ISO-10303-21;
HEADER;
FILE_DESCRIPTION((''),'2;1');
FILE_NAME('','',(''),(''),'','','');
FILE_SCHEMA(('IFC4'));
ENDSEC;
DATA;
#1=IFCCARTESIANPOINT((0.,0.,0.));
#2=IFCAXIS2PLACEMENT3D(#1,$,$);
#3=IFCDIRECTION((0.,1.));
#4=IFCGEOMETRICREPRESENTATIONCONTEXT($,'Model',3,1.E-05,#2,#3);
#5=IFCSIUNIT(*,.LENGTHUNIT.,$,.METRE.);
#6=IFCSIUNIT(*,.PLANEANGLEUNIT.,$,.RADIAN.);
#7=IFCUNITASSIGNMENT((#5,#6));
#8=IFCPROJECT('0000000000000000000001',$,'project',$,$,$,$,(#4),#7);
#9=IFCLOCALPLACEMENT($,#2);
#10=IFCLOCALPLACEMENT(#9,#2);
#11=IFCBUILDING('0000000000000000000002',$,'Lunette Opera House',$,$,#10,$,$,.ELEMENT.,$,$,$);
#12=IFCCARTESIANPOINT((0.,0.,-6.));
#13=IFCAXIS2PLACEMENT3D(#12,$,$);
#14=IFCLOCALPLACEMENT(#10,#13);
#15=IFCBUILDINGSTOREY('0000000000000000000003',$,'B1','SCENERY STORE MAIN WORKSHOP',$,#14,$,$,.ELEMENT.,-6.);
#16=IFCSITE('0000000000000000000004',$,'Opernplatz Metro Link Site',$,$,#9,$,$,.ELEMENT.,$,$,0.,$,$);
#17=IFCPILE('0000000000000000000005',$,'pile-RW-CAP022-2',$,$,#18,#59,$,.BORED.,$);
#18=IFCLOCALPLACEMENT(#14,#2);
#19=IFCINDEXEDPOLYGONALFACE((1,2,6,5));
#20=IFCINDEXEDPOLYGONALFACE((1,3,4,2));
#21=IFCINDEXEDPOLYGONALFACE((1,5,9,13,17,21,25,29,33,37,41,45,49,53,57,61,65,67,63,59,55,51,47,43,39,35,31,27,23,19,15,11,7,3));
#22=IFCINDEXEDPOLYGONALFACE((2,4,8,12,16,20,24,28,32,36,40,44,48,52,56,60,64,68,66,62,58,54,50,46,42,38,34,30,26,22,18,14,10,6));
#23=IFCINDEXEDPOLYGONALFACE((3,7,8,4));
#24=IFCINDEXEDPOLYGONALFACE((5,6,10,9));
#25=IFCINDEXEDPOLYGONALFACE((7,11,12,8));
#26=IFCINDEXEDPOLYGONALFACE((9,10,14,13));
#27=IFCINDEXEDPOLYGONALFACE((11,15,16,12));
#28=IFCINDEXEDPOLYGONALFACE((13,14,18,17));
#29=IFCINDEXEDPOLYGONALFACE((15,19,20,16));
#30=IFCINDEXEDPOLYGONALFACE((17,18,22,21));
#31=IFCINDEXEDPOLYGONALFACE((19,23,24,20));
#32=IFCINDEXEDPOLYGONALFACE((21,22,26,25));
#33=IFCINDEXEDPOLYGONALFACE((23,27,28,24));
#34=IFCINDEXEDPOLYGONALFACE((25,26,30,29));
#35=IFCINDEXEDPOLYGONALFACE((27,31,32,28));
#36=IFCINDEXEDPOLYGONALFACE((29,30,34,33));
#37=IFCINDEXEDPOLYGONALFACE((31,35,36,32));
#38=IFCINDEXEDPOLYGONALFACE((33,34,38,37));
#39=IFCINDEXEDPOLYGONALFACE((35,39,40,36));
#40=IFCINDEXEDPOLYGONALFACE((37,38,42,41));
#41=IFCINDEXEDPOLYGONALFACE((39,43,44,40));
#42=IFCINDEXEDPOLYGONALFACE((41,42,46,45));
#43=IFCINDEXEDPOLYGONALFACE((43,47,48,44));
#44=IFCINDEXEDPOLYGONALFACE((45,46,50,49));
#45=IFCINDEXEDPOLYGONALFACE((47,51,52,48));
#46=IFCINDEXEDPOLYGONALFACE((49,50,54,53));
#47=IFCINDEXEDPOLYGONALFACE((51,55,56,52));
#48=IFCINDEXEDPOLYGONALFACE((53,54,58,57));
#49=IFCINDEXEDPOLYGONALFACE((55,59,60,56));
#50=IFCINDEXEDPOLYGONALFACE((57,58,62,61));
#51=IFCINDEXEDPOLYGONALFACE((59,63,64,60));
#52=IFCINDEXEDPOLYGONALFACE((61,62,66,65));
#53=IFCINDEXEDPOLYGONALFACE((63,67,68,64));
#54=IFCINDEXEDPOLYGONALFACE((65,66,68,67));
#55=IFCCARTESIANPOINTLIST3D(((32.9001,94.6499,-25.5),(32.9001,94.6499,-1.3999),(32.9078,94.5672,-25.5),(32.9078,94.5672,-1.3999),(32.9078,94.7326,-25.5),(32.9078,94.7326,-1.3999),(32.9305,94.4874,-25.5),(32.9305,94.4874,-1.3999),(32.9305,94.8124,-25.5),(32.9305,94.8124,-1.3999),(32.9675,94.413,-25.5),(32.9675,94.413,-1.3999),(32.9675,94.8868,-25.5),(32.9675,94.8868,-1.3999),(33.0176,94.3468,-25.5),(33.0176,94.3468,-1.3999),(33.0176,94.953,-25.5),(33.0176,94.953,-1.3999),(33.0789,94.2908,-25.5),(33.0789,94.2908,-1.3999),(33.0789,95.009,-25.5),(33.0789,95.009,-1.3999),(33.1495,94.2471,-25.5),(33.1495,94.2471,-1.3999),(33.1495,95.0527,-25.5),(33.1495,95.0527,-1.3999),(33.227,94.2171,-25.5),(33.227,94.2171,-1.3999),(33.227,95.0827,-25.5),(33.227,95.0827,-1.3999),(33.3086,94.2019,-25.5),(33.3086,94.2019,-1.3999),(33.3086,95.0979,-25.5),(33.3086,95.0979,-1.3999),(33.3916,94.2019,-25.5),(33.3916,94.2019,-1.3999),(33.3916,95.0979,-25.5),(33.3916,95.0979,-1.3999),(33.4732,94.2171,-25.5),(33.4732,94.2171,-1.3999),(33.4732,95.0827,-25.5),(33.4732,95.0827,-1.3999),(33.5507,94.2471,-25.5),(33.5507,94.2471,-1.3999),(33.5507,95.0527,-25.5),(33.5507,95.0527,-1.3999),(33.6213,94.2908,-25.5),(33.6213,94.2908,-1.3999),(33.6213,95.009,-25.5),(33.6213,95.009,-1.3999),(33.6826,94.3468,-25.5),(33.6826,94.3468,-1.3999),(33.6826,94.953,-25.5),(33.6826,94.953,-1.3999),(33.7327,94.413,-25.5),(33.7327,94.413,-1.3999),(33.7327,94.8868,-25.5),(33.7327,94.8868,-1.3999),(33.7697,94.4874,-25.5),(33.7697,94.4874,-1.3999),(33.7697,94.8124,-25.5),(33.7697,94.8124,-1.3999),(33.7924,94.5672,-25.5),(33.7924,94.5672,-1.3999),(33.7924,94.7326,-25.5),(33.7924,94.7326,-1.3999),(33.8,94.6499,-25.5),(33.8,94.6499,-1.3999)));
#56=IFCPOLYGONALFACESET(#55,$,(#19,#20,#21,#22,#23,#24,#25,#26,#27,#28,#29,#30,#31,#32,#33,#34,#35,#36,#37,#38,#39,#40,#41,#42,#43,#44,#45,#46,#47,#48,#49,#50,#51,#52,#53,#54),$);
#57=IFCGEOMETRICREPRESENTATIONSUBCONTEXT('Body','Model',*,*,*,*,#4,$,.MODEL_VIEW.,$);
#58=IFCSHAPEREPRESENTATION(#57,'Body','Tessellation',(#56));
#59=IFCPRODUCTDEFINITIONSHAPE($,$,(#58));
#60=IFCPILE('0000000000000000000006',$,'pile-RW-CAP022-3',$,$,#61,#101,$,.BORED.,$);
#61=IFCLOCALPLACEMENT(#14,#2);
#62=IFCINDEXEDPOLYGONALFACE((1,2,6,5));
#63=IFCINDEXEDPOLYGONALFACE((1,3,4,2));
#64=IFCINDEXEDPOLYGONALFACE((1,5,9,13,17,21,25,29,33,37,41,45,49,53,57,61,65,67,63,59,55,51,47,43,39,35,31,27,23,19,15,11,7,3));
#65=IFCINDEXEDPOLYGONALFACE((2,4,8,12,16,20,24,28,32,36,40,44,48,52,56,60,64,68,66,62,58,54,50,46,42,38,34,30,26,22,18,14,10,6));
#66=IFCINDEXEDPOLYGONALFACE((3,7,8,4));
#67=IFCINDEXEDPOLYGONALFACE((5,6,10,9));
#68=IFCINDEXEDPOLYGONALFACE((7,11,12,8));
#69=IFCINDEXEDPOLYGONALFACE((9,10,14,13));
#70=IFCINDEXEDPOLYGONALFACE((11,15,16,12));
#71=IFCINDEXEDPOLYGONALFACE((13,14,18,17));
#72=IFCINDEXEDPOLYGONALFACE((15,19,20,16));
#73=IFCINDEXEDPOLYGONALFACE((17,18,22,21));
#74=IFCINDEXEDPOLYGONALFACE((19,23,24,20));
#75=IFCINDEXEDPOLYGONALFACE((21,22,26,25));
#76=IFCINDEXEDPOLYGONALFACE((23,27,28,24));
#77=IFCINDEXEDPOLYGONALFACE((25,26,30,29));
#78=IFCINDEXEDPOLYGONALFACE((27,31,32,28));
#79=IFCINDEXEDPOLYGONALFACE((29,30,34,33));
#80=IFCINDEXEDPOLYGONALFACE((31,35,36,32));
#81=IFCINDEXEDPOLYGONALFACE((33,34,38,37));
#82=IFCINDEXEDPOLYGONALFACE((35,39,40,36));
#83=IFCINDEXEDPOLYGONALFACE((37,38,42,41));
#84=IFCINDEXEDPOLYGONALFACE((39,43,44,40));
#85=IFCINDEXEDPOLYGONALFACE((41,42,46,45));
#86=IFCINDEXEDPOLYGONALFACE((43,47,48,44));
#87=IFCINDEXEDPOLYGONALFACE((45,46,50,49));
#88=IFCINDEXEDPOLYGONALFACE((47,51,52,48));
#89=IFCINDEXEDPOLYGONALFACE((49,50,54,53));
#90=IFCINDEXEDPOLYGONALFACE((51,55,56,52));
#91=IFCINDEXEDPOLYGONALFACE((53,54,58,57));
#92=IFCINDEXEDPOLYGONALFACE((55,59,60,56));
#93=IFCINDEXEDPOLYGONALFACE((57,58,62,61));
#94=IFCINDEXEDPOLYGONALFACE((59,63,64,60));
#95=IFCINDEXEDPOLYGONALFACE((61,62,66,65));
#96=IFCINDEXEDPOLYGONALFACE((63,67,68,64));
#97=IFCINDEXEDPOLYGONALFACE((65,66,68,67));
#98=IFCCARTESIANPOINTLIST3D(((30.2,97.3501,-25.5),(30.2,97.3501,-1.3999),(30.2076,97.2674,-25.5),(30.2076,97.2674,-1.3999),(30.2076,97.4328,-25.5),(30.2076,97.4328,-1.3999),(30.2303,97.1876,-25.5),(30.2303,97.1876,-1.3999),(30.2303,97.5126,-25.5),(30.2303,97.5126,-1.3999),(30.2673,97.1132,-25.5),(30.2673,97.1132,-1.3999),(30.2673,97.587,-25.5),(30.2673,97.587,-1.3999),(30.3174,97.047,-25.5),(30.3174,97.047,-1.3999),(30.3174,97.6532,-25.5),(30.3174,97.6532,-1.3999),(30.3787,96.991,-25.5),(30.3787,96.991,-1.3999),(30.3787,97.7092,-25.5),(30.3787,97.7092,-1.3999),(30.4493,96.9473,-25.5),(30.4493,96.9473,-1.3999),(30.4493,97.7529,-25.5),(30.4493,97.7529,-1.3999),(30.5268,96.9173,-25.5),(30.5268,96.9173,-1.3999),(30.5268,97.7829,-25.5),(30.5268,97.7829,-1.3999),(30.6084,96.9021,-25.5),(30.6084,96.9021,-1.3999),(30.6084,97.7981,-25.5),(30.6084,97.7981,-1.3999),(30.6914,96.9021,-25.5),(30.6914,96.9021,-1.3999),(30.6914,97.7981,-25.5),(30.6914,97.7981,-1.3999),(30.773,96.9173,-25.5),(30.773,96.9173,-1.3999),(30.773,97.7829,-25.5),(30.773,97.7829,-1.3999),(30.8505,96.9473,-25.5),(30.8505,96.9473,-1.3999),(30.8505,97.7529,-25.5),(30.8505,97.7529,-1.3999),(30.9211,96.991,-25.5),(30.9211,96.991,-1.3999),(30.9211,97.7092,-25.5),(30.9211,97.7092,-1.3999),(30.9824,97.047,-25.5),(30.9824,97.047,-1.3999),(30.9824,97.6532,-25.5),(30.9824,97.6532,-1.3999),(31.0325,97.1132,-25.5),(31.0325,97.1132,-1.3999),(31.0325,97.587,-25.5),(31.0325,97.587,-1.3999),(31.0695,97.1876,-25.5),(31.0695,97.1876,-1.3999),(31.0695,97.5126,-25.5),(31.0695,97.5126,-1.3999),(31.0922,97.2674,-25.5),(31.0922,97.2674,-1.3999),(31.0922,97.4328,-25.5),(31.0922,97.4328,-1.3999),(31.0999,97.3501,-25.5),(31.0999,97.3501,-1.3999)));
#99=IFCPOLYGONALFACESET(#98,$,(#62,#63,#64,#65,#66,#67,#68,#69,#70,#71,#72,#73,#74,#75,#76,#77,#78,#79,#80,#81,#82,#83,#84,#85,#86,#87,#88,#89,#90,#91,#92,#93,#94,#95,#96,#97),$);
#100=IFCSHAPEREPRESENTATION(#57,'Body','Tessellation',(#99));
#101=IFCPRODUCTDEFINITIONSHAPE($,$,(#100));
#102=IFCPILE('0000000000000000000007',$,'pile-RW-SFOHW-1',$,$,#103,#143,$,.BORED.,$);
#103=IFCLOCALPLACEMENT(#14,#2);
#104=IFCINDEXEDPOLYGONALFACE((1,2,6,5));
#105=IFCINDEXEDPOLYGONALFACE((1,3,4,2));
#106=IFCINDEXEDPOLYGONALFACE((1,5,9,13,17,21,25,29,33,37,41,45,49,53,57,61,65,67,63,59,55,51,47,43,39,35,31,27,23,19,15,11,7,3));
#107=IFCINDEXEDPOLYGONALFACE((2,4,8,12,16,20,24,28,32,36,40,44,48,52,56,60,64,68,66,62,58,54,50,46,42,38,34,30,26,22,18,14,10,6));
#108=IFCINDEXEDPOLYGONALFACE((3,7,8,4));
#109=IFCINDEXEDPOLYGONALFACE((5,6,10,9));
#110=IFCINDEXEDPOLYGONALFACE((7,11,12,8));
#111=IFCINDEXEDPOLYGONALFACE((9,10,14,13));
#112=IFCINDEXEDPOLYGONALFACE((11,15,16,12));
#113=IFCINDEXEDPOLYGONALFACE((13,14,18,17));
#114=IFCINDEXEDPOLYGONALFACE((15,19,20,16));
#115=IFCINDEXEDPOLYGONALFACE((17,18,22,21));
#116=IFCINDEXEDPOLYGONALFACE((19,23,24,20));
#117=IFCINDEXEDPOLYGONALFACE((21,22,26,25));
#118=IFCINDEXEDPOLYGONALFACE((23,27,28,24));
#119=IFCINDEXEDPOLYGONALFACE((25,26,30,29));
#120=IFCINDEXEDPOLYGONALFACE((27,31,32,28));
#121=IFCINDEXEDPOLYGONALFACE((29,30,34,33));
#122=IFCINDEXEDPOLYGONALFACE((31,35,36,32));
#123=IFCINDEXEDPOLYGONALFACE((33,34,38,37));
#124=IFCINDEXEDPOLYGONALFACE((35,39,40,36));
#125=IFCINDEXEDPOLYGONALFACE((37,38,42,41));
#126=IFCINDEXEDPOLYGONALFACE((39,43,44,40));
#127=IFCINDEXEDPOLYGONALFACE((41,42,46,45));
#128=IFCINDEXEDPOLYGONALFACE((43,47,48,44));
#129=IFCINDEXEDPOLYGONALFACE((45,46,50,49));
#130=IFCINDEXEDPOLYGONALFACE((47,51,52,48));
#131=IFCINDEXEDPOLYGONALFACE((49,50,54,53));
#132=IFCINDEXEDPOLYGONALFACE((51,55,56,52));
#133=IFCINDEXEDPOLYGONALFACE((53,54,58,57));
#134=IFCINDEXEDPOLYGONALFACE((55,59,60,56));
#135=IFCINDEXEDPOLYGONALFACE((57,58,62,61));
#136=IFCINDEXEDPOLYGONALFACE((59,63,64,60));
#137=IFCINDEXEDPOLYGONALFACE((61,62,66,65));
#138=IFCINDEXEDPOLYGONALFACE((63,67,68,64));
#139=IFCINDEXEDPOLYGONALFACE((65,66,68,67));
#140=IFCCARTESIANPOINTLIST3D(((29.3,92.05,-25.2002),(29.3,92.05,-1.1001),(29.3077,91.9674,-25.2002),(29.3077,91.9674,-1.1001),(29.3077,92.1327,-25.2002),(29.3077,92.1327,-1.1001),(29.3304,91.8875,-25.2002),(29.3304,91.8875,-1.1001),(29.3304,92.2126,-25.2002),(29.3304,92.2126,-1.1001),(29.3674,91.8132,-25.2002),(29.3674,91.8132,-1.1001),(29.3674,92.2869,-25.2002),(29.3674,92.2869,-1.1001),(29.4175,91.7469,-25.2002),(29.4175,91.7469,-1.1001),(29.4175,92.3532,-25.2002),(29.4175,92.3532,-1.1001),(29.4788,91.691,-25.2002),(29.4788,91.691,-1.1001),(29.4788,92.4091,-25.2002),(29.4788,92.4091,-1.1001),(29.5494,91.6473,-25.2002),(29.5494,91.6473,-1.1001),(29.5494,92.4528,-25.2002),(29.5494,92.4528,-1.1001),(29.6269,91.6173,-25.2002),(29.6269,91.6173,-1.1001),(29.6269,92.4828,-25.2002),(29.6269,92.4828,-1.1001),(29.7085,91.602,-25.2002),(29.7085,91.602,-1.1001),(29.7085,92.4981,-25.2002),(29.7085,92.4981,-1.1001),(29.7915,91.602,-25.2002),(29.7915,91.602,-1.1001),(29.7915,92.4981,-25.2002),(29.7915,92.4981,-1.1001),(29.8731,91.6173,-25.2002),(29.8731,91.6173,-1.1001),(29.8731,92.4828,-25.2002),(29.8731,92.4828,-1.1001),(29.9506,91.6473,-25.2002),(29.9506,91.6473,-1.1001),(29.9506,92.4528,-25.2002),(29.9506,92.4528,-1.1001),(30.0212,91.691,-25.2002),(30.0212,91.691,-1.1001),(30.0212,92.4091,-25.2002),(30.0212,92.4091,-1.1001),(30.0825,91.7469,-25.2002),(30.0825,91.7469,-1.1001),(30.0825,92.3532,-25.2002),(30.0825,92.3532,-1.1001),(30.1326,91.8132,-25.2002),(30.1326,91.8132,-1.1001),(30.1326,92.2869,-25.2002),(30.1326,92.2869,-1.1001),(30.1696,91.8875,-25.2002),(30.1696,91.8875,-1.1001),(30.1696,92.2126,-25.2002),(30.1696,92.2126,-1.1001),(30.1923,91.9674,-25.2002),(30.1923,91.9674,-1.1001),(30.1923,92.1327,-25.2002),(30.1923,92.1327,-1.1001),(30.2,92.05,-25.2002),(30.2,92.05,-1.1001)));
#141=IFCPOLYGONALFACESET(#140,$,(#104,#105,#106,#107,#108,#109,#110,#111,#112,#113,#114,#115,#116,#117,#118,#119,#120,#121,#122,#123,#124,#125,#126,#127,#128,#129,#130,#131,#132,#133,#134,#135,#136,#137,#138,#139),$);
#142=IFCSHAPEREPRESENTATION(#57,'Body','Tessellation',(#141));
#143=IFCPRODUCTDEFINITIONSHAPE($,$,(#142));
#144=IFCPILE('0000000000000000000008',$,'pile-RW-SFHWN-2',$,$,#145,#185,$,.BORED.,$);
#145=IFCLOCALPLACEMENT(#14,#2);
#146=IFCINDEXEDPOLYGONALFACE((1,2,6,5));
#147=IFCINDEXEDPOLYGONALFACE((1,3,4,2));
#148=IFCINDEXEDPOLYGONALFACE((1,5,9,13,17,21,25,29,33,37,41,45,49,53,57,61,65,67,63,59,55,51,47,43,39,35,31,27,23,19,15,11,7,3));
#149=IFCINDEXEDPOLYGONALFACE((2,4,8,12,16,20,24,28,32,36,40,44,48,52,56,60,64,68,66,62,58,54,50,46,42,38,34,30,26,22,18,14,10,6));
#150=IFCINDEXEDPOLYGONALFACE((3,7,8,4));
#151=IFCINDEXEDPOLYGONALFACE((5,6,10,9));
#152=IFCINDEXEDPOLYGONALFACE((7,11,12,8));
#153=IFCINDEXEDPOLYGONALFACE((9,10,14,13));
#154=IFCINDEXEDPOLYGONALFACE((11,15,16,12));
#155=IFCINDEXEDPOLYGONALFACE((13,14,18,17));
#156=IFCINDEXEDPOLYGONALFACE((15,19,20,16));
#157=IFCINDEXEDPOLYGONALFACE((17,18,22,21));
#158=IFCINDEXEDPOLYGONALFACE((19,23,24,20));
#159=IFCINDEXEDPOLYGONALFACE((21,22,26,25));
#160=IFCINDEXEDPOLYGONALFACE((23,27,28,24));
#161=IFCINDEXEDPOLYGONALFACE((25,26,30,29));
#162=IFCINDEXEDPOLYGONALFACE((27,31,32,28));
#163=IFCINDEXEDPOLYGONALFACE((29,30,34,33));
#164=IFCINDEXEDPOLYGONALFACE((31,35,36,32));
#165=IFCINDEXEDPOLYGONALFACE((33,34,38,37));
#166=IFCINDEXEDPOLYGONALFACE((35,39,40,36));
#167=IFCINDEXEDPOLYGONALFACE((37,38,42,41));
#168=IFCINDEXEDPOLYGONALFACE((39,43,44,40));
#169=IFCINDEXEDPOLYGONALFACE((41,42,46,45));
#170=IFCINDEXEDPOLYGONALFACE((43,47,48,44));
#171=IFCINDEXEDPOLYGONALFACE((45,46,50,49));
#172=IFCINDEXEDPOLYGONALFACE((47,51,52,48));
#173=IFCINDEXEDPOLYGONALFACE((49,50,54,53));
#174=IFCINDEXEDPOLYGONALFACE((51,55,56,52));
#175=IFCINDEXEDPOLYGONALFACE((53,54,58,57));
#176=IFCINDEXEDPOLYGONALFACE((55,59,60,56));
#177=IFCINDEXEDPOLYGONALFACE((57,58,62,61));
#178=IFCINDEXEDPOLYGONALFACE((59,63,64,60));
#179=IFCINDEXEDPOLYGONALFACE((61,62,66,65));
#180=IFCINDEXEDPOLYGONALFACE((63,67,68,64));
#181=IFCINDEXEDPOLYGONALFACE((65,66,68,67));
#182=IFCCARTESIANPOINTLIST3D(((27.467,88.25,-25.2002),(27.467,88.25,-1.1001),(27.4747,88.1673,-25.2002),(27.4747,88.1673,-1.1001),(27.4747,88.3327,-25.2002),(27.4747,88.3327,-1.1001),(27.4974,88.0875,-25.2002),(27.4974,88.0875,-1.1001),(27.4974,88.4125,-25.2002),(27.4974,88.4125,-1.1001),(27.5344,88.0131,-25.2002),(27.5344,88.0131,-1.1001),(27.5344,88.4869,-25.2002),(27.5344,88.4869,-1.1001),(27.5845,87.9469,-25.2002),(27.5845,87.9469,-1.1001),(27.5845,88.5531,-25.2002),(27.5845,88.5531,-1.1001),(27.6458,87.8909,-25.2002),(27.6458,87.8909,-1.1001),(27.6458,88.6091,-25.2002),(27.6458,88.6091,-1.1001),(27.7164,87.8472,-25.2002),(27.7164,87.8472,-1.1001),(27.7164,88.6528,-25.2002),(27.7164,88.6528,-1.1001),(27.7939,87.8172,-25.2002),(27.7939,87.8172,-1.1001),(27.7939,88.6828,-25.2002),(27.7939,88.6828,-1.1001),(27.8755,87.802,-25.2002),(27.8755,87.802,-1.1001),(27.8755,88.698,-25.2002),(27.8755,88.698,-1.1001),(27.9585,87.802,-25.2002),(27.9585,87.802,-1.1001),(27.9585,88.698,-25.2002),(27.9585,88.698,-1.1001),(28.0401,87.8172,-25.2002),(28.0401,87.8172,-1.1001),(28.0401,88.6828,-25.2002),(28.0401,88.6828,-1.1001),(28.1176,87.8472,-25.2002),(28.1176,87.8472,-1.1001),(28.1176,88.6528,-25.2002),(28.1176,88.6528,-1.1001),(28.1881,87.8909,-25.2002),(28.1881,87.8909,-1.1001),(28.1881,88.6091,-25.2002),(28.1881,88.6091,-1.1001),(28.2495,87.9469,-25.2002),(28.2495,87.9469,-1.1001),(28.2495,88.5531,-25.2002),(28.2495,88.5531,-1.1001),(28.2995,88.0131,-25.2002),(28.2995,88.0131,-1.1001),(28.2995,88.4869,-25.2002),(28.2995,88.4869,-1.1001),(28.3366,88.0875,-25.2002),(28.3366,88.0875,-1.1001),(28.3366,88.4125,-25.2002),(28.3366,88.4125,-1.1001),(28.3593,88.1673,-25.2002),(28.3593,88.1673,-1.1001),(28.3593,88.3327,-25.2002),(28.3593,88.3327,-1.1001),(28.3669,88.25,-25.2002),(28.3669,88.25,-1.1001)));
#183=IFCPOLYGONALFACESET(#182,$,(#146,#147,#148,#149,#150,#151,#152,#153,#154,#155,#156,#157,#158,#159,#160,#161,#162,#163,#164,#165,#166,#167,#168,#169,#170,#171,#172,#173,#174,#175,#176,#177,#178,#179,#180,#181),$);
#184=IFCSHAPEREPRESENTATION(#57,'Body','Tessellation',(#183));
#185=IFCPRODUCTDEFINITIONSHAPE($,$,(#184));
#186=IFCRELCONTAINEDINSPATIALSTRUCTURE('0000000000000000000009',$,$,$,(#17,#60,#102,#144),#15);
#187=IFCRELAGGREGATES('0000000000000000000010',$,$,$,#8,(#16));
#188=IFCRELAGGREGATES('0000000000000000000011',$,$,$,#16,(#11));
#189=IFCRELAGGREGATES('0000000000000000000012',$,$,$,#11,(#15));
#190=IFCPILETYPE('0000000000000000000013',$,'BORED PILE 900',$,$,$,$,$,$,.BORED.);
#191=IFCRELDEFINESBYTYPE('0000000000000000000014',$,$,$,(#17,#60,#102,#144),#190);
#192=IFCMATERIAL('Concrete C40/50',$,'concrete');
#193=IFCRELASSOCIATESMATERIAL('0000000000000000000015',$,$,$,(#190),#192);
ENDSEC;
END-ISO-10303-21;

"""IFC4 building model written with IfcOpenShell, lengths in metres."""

from ifc_helpers import new_model, si_unit, direction, frame, origin, origin_2d, place, context, subcontext, project, spatial, circle, extrude, material, material_profile, profile_set, type_object, element, save


model = new_model("IFC4")

# Units and contexts
model_context = context("Model", 3, precision=1e-05, world=origin(), true_north=direction((0.0, 1.0)))
body_context = subcontext(model_context, "Body", "Model", "MODEL_VIEW")
ifc_project = project(units=[si_unit("LENGTHUNIT", "METRE"), si_unit("PLANEANGLEUNIT", "RADIAN")], contexts=[model_context])

# Site, building, storey
site_placement = place(None, origin())
site = spatial("IfcSite", under=ifc_project, at=site_placement, Name="Opernplatz Metro Link Site", CompositionType="ELEMENT", RefElevation=0.0)
building_placement = place(site_placement, origin())
building = spatial("IfcBuilding", under=site, at=building_placement, Name="Lunette Opera House", CompositionType="ELEMENT")
storey_placement = place(building_placement, frame((0.0, 0.0, -6.0)))
storey = spatial("IfcBuildingStorey", under=building, at=storey_placement, Name="B1", Description="SCENERY STORE MAIN WORKSHOP", CompositionType="ELEMENT", Elevation=-6.0)

# Piles
ifc_material_1 = material(Name="Concrete C40/50", Category="concrete")
ifc_material_profile_1 = material_profile(ifc_material_1, circle(Radius=0.45, at=origin_2d()), Name="BORED PILE 900")
ifc_profile_set_1 = profile_set([ifc_material_profile_1], Name="Concrete C40/50")
pile_type = type_object("IfcPileType", Name="BORED PILE 900", PredefinedType="BORED", material=ifc_profile_set_1)
for number, where, z_axis, x_axis, name in (
    (1, (33.3501, 94.6499, -1.3999), (0.0, 0.0, -1.0), (1.0, 0.0, 0.0), "pile-RW-CAP022-2"),
    (2, (30.6499, 97.3501, -1.3999), (0.0, 0.0, -1.0), (1.0, 0.0, 0.0), "pile-RW-CAP022-3"),
    (3, (29.75, 92.05, -1.1001), (0.0, 0.0, -1.0), (1.0, 0.0, 0.0), "pile-RW-SFOHW-1"),
    (4, (27.917, 88.25, -1.1001), (0.0, 0.0, -1.0), (1.0, 0.0, 0.0), "pile-RW-SFHWN-2"),
):
    element("IfcPile", number, at=place(storey_placement, frame(where, z_axis=z_axis, x_axis=x_axis)), inside=storey, type_object=pile_type, Name=name, PredefinedType="BORED", context=body_context, shape_type="SweptSolid", body=[
        extrude(circle(Radius=0.45, at=origin_2d()), origin(), (0.0, 0.0, 1.0), 24.1001),
    ])

save(model, "model.ifc")
